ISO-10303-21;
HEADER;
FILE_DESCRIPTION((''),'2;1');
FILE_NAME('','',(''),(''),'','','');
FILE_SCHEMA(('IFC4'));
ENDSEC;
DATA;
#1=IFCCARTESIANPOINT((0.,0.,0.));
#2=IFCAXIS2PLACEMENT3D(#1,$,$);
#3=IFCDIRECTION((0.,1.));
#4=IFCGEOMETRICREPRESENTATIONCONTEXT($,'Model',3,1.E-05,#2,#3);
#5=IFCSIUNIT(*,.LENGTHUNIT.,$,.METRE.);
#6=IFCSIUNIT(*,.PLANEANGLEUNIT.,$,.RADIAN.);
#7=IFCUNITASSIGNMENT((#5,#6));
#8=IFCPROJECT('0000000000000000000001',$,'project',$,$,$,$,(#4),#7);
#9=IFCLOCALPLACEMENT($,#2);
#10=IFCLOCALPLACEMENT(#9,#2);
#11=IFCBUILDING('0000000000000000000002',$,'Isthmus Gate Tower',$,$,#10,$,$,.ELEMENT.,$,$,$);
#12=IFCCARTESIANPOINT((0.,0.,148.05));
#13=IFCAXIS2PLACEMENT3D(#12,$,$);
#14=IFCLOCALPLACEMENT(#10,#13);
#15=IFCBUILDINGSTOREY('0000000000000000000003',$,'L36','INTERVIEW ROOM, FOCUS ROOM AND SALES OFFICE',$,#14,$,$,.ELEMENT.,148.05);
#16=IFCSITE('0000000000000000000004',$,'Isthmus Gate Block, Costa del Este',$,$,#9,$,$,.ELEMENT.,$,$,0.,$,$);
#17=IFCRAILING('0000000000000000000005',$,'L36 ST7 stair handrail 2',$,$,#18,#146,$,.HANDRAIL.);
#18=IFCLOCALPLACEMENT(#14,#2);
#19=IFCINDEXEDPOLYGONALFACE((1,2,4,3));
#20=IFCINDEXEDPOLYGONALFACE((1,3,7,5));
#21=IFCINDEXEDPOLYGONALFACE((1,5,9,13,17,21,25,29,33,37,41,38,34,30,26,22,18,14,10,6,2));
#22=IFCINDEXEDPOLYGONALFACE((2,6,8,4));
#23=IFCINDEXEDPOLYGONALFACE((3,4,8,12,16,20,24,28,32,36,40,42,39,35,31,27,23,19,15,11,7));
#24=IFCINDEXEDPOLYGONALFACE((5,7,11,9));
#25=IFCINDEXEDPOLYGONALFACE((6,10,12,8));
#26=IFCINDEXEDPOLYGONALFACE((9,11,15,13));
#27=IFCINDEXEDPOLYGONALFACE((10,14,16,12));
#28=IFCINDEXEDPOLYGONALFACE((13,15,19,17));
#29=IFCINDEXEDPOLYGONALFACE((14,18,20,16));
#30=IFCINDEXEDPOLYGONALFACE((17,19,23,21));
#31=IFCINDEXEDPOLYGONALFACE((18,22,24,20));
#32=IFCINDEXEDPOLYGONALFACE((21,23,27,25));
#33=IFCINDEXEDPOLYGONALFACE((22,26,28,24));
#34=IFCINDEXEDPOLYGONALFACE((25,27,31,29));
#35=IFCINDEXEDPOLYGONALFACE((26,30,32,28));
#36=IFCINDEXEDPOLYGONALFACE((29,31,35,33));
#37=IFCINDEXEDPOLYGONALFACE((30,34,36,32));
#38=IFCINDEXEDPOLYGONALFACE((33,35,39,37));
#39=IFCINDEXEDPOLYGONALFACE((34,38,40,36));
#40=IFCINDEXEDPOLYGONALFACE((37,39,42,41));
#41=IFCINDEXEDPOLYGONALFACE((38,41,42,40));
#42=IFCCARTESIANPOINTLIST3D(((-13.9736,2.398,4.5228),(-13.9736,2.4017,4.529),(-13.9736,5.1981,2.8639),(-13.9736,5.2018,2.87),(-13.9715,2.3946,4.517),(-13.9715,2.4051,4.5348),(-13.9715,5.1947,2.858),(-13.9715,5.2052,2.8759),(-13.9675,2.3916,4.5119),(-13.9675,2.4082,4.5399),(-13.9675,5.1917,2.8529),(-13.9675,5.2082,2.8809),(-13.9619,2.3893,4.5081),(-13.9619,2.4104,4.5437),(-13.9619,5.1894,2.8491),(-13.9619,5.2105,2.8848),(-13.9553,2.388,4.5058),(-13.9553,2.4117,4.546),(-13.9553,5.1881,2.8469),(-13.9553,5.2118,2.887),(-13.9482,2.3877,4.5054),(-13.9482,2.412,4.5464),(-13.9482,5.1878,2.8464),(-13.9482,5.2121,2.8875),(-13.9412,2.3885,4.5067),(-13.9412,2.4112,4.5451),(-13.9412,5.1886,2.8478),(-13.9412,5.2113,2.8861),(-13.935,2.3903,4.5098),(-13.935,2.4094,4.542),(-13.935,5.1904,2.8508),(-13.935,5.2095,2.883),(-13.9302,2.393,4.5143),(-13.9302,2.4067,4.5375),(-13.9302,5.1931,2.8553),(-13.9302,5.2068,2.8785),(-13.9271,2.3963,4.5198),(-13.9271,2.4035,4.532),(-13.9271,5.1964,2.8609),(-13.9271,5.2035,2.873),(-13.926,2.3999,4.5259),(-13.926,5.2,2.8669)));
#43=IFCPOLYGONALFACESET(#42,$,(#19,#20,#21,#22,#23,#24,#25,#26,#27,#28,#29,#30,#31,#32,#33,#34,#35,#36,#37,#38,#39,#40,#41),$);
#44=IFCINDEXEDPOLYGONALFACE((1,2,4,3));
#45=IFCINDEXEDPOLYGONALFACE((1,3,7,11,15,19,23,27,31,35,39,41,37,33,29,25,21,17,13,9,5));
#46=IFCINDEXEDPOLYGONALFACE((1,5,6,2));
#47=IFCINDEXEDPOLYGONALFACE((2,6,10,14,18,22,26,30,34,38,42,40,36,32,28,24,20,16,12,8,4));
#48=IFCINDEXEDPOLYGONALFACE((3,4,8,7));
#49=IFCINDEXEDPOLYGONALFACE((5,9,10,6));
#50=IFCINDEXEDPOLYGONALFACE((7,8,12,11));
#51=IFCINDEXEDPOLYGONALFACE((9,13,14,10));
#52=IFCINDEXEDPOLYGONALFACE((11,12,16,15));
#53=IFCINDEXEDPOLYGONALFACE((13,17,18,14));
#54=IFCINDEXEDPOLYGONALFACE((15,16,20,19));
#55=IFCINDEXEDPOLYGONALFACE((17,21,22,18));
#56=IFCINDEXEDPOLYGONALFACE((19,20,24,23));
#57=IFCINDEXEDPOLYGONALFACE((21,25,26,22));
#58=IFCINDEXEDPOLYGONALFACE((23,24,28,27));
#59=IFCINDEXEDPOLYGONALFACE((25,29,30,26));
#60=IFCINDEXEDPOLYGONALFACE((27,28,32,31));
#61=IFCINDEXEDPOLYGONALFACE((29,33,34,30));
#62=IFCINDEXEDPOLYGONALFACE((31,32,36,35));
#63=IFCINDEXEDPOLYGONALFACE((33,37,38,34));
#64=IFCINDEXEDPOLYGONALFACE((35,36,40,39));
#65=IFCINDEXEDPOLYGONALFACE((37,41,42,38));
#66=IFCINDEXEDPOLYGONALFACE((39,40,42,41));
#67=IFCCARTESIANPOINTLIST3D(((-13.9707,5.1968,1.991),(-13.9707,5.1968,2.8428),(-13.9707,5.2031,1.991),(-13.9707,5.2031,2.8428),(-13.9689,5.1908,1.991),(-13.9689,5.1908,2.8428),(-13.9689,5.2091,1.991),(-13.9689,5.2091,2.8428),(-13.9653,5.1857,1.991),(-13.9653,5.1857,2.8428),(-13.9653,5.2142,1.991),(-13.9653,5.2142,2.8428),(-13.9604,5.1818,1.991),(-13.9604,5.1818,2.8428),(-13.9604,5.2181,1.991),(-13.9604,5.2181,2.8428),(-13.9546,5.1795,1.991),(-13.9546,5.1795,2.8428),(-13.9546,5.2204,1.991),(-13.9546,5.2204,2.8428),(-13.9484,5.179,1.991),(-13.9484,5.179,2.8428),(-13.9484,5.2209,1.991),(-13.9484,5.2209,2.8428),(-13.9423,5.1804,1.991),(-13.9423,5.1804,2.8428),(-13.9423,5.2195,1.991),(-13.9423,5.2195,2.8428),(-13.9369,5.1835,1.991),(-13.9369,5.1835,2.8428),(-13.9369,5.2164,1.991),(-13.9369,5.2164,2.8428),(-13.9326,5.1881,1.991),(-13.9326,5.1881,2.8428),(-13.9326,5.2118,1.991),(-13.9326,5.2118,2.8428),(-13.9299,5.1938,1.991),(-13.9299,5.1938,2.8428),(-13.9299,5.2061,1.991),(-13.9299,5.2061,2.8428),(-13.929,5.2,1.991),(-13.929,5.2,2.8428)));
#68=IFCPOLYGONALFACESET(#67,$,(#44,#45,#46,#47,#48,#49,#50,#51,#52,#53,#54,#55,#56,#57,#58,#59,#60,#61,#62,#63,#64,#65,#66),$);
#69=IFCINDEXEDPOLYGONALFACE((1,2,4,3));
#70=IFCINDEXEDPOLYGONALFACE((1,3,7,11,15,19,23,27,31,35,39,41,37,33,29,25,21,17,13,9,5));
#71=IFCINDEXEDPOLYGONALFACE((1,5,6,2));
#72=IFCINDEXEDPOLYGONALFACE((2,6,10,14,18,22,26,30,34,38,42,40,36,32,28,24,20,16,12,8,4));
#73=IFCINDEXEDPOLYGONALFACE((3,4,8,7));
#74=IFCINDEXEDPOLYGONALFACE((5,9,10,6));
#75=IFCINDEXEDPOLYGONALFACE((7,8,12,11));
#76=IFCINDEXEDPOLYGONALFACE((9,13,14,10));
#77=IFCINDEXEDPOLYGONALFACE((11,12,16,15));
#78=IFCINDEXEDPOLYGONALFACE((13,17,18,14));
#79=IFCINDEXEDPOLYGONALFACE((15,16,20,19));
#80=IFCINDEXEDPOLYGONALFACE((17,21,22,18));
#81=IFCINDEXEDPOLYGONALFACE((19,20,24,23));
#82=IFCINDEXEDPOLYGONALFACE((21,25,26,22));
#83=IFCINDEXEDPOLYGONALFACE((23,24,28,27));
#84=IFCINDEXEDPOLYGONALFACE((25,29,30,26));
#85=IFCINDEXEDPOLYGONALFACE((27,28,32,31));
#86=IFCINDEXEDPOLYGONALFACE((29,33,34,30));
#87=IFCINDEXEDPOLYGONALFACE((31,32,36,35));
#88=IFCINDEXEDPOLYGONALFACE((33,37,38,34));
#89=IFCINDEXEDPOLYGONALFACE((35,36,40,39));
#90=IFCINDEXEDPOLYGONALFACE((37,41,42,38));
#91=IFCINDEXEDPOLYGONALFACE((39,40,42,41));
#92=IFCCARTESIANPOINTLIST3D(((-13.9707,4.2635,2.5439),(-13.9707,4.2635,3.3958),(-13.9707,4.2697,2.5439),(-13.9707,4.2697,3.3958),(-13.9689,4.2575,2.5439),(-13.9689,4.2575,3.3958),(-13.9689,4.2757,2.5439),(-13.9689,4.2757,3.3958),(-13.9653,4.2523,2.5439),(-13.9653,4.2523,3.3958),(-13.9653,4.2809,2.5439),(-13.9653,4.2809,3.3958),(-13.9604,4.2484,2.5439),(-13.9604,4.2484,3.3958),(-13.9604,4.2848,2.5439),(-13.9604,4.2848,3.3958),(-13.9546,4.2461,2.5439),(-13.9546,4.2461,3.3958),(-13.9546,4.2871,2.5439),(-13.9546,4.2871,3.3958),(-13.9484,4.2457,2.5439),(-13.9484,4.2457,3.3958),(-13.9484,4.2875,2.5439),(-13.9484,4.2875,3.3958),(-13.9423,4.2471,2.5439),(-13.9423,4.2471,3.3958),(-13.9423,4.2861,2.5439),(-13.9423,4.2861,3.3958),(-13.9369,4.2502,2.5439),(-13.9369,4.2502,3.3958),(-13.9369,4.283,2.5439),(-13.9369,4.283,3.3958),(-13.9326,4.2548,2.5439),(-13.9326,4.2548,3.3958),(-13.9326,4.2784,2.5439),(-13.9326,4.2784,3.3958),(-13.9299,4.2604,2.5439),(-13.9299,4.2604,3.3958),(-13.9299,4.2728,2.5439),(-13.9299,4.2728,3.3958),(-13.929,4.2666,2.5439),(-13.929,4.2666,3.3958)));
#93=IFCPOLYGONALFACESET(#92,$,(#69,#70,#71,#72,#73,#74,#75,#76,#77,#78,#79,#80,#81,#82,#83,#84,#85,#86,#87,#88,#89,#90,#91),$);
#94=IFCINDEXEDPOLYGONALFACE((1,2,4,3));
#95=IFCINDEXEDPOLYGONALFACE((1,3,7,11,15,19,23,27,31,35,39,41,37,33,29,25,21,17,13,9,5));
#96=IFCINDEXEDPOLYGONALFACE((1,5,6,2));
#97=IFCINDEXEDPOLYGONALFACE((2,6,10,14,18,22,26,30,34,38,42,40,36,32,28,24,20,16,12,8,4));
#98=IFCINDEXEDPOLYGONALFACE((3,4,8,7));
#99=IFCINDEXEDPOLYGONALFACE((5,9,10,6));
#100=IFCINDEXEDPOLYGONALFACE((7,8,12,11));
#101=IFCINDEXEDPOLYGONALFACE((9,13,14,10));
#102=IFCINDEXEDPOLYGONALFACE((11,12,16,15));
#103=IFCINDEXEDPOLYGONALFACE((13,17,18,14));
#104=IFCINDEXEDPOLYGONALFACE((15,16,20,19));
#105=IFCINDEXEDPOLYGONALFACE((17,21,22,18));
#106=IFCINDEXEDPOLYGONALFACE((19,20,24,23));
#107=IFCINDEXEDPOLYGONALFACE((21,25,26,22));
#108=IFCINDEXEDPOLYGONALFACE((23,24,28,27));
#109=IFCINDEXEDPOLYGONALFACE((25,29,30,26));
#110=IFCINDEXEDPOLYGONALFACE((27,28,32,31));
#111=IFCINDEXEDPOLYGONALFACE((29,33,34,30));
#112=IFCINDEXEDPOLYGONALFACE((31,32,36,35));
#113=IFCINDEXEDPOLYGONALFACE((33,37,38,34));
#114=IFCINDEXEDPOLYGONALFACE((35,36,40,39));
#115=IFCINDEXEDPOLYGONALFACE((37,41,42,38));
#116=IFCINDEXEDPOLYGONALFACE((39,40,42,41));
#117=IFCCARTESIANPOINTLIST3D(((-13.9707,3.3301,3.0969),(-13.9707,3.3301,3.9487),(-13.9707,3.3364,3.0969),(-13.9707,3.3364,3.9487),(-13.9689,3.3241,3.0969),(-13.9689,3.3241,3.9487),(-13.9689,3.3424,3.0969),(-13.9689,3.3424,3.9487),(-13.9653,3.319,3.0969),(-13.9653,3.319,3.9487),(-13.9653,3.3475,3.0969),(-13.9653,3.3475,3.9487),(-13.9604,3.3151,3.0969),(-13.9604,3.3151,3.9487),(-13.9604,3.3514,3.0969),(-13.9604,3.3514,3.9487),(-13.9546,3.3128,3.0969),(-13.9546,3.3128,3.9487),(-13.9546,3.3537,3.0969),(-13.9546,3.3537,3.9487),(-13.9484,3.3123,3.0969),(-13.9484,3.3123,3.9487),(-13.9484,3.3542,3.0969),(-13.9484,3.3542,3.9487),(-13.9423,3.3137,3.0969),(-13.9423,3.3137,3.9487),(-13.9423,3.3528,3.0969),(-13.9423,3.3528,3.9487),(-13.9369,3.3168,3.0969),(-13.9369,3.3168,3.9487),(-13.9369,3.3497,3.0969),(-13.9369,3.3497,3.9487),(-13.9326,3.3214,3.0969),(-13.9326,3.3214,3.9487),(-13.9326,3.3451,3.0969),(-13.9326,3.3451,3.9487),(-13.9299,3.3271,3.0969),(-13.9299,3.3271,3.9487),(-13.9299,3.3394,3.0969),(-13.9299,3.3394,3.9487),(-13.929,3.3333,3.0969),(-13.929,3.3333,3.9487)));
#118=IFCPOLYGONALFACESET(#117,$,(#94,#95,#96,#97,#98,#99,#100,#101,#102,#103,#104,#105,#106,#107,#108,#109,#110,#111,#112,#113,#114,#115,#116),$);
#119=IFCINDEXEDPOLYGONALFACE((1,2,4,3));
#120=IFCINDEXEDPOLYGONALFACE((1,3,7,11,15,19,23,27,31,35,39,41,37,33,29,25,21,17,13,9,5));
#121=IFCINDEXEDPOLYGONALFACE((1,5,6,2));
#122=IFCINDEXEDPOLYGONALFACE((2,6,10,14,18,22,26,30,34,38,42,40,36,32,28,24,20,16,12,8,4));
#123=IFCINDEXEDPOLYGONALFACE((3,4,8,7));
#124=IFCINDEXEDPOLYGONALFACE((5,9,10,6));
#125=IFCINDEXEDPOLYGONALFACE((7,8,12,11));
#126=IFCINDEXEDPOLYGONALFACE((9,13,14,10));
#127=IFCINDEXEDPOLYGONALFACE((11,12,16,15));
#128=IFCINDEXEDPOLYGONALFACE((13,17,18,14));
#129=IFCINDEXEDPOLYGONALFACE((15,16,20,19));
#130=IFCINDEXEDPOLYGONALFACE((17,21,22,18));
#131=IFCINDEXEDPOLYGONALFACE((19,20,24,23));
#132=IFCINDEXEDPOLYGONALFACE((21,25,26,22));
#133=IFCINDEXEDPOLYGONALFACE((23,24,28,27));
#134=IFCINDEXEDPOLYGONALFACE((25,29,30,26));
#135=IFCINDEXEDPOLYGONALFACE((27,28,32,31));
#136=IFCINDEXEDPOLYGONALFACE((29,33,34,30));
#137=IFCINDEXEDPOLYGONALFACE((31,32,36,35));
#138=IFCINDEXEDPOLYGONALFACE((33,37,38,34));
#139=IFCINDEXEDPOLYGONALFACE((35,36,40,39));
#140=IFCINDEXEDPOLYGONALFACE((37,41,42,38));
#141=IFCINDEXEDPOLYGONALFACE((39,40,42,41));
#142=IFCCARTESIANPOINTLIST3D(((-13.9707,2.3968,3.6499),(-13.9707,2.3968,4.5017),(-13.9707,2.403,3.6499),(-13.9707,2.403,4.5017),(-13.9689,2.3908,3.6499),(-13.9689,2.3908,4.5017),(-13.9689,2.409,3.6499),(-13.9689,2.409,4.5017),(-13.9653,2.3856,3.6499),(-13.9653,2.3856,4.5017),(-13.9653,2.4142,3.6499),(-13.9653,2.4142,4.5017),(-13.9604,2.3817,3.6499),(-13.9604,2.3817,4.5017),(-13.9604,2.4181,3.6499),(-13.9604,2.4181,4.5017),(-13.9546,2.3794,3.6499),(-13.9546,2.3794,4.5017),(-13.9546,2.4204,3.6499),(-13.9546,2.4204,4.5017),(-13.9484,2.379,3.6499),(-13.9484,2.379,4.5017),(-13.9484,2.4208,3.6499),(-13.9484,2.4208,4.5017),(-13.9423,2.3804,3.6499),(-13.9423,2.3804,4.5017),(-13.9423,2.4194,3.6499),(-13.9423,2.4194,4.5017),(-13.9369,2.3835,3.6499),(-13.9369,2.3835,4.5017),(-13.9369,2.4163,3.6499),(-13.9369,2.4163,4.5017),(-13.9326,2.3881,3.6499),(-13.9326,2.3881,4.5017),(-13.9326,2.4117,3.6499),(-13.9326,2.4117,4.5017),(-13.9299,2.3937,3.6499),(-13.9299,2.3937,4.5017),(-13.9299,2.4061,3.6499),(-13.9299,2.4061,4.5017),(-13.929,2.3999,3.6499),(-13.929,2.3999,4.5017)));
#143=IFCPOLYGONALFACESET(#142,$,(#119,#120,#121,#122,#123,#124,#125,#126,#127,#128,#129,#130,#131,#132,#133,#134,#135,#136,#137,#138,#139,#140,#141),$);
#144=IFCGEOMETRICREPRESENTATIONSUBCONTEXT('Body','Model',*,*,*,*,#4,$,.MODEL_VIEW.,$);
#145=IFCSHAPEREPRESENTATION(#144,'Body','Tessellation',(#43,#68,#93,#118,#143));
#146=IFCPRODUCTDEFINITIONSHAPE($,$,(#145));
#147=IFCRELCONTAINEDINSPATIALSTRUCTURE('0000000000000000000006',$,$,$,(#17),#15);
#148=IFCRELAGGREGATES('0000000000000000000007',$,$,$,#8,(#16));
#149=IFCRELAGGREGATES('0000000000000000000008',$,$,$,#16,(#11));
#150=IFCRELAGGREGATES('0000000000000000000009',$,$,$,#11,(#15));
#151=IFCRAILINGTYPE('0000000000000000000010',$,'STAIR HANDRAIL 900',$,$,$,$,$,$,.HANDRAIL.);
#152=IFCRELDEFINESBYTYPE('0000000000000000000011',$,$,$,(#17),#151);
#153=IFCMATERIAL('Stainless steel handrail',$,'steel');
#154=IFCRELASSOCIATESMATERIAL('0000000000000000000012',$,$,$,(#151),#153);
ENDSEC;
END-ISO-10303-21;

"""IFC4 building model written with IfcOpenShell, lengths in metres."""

from ifc_helpers import new_model, si_unit, direction, frame, origin, origin_2d, place, context, subcontext, project, spatial, circle, extrude, material, type_object, element, save


model = new_model("IFC4")

# Units and contexts
model_context = context("Model", 3, precision=1e-05, world=origin(), true_north=direction((0.0, 1.0)))
body_context = subcontext(model_context, "Body", "Model", "MODEL_VIEW")
ifc_project = project(units=[si_unit("LENGTHUNIT", "METRE"), si_unit("PLANEANGLEUNIT", "RADIAN")], contexts=[model_context])

# Site, building, storey
site_placement = place(None, origin())
site = spatial("IfcSite", under=ifc_project, at=site_placement, Name="Isthmus Gate Block, Costa del Este", CompositionType="ELEMENT", RefElevation=0.0)
building_placement = place(site_placement, origin())
building = spatial("IfcBuilding", under=site, at=building_placement, Name="Isthmus Gate Tower", CompositionType="ELEMENT")
storey_placement = place(building_placement, frame((0.0, 0.0, 148.05)))
storey = spatial("IfcBuildingStorey", under=building, at=storey_placement, Name="L36", Description="INTERVIEW ROOM, FOCUS ROOM AND SALES OFFICE", CompositionType="ELEMENT", Elevation=148.05)

# Railing
ifc_material_1 = material(Name="Stainless steel handrail", Category="steel")
railing_type_1 = type_object("IfcRailingType", Name="STAIR HANDRAIL 900", PredefinedType="HANDRAIL", material=ifc_material_1)
railing_1_placement = place(storey_placement, frame((-13.95, 5.2, 1.991)))
element("IfcRailing", 1, at=railing_1_placement, inside=storey, type_object=railing_type_1, Name="L36 ST7 stair handrail 2", PredefinedType="HANDRAIL", context=body_context, shape_type="SweptSolid", body=[
    extrude(circle(Radius=0.0239, at=origin_2d()), frame((0.0, 0.0, 0.876), z_axis=(0.0, -0.860339, 0.509722), x_axis=(1.0, 0.0, 0.0)), (0.0, 0.0, 1.0), 3.2546),
    extrude(circle(Radius=0.021, at=origin_2d()), origin(), (0.0, 0.0, 1.0), 0.8518),
    extrude(circle(Radius=0.021, at=origin_2d()), frame((0.0, -0.9333, 0.553)), (0.0, 0.0, 1.0), 0.8518),
    extrude(circle(Radius=0.021, at=origin_2d()), frame((0.0, -1.8667, 1.106)), (0.0, 0.0, 1.0), 0.8518),
    extrude(circle(Radius=0.021, at=origin_2d()), frame((0.0, -2.8, 1.6589)), (0.0, 0.0, 1.0), 0.8518),
])

save(model, "model.ifc")
